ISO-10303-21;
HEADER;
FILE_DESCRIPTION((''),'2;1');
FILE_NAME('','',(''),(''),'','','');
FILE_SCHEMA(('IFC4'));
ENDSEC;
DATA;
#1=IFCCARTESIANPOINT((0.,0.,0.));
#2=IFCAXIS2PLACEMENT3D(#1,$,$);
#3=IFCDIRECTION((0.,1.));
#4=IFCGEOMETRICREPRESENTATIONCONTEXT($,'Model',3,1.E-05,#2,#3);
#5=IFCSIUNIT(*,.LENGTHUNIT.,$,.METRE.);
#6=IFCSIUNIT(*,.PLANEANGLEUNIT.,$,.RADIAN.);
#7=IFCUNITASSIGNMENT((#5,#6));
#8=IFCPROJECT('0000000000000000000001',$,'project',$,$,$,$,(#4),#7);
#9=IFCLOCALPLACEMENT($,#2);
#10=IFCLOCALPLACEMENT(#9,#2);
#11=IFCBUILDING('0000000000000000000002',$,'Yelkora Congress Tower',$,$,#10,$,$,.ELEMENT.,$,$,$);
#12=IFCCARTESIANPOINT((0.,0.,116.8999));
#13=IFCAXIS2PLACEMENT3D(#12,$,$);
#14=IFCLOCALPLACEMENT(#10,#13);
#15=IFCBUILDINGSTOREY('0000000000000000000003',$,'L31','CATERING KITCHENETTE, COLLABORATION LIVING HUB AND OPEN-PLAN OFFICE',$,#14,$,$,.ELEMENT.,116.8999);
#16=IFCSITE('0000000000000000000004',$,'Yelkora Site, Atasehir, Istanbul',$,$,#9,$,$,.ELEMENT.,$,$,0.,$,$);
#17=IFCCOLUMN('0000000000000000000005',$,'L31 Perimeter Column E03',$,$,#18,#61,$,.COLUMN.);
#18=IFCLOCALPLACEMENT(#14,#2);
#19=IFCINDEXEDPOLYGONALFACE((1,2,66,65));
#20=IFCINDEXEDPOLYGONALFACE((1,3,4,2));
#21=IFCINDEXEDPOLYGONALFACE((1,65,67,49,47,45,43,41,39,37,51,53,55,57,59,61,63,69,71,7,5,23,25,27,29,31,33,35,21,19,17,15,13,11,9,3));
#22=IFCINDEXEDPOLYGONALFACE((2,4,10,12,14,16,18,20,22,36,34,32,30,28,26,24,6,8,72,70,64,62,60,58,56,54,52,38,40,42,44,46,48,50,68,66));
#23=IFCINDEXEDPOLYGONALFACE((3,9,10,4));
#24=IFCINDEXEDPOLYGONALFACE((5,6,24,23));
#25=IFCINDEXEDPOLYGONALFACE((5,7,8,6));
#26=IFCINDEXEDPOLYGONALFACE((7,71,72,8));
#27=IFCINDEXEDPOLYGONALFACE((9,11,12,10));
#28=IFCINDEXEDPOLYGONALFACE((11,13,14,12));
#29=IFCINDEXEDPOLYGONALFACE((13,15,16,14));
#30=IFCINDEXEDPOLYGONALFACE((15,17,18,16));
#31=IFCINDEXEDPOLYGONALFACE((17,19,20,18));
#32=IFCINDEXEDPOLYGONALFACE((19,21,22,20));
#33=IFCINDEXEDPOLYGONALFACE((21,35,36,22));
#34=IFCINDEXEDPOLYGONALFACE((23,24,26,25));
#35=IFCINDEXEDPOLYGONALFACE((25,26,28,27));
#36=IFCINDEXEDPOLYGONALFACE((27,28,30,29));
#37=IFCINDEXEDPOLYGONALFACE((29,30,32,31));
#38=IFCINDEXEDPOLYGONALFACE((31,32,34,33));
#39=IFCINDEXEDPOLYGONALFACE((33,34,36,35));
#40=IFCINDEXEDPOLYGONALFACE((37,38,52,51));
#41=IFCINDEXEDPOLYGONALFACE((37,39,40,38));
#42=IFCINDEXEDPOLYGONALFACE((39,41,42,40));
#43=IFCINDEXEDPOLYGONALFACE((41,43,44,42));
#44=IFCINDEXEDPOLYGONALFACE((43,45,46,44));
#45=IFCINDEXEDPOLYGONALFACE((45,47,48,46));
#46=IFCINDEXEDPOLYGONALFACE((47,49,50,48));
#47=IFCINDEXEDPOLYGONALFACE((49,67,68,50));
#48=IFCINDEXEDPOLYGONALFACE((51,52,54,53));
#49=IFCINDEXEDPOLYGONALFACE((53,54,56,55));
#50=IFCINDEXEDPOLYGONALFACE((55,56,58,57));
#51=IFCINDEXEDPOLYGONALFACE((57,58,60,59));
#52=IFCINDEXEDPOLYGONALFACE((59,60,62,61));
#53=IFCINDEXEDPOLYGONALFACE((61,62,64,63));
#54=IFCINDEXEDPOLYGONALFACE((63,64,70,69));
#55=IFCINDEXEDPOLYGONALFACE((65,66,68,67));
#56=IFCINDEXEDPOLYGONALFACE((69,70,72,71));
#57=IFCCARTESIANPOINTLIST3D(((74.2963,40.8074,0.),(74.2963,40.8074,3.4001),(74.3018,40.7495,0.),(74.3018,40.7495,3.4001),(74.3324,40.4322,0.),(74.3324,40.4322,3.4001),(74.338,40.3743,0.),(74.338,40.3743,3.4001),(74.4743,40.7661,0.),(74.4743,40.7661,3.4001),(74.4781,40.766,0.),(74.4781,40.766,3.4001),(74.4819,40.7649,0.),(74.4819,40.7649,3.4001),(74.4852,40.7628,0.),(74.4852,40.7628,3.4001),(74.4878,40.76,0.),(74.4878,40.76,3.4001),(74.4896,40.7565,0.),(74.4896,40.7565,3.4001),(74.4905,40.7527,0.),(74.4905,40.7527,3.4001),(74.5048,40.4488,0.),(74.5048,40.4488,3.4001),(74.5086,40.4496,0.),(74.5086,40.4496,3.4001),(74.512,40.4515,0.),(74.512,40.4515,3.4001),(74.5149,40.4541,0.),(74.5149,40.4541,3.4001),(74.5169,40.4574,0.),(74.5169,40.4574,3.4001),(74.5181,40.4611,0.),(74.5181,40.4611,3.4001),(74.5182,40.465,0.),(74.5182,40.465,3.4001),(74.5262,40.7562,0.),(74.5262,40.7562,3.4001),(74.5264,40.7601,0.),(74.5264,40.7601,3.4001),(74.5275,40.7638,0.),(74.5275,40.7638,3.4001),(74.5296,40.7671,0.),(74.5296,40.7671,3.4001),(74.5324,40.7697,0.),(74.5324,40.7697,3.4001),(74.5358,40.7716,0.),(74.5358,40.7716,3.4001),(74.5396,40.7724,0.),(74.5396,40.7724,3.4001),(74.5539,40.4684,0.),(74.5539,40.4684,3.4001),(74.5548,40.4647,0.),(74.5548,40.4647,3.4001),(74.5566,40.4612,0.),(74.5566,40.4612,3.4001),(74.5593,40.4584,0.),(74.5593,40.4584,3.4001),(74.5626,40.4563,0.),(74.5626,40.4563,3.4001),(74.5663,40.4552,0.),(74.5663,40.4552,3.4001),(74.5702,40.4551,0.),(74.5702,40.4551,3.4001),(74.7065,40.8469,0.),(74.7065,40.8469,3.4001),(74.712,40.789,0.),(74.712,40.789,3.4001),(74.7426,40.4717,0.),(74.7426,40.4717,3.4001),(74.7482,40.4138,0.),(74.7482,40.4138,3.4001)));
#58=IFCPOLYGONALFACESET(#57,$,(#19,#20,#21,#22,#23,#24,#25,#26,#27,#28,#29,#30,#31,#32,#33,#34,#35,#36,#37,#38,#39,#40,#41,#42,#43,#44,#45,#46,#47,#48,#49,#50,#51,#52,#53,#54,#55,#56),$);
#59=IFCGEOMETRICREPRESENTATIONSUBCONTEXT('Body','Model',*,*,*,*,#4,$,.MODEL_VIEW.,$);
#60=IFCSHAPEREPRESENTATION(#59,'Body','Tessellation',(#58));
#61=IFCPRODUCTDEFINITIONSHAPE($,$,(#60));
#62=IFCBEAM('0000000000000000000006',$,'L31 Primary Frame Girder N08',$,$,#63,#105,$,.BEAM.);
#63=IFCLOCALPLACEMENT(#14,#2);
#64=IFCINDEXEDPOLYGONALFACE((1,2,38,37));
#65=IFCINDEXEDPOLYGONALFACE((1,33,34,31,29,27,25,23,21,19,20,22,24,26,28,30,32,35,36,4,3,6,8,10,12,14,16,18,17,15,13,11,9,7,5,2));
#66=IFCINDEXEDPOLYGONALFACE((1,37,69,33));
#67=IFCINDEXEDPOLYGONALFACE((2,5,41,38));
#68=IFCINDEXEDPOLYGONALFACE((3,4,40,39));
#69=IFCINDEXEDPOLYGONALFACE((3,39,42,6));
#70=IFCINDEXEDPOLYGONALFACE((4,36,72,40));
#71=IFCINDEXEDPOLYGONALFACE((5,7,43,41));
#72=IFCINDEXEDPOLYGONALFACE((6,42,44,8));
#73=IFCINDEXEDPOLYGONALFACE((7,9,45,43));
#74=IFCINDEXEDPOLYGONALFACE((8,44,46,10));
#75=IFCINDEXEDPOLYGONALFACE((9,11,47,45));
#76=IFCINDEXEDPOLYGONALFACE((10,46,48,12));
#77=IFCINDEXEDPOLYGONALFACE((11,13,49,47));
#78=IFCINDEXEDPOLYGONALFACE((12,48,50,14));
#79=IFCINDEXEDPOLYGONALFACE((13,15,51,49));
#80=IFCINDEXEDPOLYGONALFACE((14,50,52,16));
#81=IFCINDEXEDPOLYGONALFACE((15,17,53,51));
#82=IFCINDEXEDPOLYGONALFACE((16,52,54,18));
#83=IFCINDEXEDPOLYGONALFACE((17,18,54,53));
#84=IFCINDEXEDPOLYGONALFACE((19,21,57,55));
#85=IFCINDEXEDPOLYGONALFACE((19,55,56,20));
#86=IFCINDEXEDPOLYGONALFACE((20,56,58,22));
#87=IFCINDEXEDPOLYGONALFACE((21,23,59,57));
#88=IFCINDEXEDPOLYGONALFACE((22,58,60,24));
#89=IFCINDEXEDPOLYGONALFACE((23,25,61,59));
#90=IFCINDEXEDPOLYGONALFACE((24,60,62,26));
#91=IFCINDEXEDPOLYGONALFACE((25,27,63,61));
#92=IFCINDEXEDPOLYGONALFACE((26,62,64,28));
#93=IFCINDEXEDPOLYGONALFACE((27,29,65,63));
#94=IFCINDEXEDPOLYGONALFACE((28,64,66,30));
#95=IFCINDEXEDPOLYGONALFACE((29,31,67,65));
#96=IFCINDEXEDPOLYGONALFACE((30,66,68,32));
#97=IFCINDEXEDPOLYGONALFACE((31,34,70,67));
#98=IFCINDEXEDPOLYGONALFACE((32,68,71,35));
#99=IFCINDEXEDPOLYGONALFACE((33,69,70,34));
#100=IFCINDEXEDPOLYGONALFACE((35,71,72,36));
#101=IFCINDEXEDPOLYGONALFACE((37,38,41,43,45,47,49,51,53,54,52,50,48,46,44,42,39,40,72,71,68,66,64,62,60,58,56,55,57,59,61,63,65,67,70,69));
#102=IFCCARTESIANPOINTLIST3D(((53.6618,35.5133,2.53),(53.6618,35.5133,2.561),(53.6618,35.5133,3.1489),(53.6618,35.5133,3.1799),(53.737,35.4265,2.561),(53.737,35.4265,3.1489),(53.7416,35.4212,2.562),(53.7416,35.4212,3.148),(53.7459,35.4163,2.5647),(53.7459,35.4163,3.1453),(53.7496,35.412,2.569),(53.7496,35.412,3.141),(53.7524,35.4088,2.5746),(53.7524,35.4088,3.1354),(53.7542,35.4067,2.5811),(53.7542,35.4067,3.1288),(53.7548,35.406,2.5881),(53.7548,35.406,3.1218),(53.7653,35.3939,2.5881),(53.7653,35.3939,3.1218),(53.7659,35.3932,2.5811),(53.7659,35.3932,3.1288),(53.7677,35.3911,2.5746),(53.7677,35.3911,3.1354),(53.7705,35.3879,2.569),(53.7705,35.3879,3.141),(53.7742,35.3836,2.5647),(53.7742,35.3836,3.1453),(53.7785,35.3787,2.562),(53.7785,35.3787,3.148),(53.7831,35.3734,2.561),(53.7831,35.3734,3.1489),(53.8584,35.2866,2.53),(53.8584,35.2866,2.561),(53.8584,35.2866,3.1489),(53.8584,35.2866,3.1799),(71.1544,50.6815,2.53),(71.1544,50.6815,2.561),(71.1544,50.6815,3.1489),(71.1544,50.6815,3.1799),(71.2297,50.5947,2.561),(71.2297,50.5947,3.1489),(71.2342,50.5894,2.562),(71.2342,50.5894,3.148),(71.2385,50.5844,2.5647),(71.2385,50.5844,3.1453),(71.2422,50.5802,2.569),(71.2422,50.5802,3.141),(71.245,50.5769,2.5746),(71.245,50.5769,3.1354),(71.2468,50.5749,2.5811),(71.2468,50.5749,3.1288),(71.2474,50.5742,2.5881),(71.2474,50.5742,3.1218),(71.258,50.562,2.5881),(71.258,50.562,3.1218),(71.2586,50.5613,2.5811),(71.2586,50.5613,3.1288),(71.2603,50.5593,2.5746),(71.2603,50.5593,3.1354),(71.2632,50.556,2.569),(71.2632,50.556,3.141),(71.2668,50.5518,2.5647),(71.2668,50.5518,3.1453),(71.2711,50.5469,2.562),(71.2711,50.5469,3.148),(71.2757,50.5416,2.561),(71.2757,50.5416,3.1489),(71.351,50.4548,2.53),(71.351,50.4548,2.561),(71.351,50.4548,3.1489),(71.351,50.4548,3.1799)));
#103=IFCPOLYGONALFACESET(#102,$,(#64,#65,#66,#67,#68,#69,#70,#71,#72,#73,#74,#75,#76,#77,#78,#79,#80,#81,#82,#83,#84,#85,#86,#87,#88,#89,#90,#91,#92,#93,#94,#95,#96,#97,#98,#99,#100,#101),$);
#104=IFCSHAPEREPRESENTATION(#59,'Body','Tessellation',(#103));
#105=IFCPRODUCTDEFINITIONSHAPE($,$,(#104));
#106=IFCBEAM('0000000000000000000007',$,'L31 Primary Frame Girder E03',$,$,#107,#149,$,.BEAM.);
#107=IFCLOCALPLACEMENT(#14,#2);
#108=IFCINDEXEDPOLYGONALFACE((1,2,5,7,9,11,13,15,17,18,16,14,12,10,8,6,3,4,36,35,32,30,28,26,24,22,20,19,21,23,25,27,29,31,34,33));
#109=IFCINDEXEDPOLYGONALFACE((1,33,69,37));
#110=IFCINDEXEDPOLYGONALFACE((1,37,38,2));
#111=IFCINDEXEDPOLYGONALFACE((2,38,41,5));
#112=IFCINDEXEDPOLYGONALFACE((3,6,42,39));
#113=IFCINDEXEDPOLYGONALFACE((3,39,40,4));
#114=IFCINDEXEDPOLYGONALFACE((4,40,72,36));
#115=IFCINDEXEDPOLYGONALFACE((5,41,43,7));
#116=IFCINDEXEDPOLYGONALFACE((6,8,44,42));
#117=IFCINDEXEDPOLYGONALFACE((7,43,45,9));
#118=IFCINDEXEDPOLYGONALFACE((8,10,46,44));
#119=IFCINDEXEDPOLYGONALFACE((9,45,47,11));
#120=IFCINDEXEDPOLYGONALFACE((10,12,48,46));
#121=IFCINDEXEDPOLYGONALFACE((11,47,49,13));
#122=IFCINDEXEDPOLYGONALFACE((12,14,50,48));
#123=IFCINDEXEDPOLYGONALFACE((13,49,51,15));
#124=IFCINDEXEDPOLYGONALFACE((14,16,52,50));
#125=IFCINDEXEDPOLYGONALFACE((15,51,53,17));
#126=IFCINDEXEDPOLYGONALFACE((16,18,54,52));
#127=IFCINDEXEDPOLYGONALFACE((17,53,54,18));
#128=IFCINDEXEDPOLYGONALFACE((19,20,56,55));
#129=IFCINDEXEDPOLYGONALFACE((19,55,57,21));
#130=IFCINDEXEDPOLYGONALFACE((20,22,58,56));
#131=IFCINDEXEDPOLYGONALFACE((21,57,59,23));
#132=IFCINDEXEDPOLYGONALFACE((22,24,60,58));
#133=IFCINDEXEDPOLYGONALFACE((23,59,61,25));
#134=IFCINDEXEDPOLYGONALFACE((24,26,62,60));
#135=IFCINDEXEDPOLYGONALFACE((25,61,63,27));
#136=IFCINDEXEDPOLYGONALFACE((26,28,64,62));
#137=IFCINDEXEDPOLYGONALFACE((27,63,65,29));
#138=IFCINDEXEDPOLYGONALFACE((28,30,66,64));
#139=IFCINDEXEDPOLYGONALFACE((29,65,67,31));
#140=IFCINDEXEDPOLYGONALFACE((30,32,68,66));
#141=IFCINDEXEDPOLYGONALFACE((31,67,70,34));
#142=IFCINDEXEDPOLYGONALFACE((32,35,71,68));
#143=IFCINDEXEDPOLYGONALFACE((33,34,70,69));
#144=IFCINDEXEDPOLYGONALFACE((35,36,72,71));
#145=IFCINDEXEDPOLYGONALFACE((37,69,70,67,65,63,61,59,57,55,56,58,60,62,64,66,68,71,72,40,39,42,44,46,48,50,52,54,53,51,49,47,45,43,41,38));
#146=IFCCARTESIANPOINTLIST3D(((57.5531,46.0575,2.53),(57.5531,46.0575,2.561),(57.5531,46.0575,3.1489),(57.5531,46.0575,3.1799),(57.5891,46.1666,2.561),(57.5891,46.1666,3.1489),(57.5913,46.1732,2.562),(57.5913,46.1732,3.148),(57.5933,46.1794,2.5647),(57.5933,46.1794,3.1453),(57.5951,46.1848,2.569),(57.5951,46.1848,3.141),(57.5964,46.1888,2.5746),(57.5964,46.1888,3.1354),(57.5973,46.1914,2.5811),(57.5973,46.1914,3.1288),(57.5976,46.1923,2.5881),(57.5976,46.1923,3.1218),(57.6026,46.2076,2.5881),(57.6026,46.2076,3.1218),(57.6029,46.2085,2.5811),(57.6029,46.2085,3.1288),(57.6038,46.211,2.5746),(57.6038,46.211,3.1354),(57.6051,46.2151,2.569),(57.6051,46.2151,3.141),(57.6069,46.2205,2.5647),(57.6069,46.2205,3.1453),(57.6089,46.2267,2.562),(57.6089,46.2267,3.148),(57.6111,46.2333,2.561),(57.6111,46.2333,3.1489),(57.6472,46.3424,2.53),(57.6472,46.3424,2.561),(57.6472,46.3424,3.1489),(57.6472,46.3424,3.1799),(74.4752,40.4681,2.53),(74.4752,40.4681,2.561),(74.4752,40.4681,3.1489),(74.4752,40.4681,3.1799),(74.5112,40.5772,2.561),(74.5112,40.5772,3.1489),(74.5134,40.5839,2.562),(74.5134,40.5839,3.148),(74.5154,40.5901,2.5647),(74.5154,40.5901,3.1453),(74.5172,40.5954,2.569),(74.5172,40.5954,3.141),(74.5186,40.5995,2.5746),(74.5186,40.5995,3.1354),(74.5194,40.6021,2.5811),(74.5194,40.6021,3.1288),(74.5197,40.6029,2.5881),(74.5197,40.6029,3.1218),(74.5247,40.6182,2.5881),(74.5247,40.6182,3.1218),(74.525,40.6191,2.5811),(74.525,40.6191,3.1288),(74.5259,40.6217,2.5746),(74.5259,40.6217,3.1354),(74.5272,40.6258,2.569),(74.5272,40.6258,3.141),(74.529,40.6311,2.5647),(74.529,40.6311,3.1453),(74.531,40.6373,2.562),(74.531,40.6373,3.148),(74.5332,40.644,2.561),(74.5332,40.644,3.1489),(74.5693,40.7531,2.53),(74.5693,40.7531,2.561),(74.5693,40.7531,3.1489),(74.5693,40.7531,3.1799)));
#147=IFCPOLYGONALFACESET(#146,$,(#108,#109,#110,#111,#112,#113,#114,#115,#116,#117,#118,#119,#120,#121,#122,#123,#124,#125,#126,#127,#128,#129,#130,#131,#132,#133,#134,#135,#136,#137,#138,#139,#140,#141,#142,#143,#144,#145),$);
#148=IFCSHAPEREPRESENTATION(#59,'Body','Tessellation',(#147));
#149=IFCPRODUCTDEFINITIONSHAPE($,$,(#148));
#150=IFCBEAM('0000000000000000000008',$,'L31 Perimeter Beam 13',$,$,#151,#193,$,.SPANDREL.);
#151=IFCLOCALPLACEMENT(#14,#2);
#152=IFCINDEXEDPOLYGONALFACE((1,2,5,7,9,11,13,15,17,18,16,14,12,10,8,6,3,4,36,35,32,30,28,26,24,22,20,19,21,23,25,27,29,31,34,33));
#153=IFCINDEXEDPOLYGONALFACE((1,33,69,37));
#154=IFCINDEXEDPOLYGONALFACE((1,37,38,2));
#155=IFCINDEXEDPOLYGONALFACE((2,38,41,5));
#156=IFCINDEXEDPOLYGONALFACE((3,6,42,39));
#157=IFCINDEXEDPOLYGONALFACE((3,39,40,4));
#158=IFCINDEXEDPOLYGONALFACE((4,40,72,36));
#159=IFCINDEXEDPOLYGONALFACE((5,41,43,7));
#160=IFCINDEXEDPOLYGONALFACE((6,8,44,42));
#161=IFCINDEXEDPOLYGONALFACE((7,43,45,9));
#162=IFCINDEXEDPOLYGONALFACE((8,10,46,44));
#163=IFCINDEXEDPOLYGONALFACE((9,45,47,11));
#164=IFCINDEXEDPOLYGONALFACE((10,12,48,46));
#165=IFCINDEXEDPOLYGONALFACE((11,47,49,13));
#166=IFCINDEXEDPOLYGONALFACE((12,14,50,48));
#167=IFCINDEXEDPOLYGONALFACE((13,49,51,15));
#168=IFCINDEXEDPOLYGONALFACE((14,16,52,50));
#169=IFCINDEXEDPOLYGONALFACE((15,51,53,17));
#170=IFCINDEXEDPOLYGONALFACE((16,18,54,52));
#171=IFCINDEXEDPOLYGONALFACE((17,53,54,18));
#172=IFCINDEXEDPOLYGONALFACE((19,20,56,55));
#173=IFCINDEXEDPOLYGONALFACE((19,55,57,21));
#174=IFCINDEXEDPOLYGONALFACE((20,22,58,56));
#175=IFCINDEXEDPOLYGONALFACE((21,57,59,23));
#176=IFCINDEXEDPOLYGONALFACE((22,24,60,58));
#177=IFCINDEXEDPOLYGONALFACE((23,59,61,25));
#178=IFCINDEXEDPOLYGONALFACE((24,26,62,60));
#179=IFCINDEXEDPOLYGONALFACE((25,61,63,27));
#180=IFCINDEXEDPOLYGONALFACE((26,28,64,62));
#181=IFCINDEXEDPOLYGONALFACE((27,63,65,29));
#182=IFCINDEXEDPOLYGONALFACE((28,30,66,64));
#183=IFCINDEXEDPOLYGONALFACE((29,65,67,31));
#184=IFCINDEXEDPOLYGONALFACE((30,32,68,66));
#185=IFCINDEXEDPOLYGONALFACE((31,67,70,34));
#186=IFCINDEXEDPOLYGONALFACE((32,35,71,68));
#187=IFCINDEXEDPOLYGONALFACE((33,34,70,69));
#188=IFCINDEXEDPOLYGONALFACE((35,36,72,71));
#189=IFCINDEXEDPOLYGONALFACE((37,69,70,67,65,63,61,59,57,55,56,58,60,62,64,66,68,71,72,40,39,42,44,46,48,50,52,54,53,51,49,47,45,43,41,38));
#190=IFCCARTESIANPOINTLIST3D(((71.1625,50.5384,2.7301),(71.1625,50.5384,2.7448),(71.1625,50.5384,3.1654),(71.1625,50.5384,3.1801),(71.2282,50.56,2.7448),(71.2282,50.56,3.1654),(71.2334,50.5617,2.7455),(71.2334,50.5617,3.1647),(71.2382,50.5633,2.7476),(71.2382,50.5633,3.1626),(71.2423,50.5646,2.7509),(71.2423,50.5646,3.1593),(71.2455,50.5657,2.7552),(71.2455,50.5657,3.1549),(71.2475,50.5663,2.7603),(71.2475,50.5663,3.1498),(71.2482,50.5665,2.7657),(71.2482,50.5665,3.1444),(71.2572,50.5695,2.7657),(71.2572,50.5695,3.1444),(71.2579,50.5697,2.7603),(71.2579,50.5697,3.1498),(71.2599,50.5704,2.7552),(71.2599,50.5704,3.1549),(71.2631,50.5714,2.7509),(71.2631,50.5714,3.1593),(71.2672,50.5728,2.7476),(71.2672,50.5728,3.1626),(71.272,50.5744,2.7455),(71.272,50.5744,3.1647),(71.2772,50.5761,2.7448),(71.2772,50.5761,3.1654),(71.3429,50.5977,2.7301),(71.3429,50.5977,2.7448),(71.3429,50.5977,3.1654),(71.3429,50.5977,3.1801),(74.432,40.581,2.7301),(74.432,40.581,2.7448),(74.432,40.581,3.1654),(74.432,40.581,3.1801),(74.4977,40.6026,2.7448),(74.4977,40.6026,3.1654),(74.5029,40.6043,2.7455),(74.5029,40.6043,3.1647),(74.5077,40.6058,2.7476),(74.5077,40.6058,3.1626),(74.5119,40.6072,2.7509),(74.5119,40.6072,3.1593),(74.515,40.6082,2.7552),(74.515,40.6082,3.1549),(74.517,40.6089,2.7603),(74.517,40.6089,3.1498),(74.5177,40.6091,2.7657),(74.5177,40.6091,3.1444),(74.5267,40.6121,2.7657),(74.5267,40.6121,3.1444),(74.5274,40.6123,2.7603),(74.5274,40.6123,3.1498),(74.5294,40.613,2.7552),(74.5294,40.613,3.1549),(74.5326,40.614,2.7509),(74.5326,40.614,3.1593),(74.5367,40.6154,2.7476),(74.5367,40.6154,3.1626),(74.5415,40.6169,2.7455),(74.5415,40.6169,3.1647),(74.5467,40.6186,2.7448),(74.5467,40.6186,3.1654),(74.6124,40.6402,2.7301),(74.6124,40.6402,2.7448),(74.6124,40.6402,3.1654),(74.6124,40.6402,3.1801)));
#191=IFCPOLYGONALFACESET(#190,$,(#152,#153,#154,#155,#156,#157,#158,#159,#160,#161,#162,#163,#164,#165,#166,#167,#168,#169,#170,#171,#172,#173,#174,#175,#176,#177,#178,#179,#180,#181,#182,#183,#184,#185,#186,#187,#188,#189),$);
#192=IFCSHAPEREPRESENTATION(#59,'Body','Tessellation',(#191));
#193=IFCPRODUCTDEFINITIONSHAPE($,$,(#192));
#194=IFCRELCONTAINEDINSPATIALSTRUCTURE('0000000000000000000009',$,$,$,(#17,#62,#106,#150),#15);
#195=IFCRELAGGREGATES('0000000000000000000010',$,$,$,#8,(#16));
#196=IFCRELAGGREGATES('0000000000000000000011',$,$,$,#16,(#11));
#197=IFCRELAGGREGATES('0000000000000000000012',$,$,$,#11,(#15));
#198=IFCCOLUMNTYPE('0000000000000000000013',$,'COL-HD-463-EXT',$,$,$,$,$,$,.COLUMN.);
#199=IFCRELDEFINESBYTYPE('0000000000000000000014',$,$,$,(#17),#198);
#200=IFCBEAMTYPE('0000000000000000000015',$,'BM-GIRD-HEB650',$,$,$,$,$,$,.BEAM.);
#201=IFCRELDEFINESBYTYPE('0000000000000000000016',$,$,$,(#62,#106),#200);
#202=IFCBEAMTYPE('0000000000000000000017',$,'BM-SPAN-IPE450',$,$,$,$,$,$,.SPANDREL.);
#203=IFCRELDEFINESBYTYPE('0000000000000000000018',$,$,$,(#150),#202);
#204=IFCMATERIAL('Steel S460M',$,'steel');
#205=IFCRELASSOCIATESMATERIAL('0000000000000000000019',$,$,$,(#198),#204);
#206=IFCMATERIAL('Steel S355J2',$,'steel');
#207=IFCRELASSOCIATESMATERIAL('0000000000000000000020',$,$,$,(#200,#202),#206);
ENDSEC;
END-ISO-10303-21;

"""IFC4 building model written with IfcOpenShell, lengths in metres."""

from ifc_helpers import new_model, si_unit, direction, frame, origin, origin_2d, place, context, subcontext, project, spatial, i_section, extrude, material, material_profile, profile_set, type_object, element, save


model = new_model("IFC4")

# Units and contexts
model_context = context("Model", 3, precision=1e-05, world=origin(), true_north=direction((0.0, 1.0)))
body_context = subcontext(model_context, "Body", "Model", "MODEL_VIEW")
ifc_project = project(units=[si_unit("LENGTHUNIT", "METRE"), si_unit("PLANEANGLEUNIT", "RADIAN")], contexts=[model_context])

# Site, building, storey
site_placement = place(None, origin())
site = spatial("IfcSite", under=ifc_project, at=site_placement, Name="Yelkora Site, Atasehir, Istanbul", CompositionType="ELEMENT", RefElevation=0.0)
building_placement = place(site_placement, origin())
building = spatial("IfcBuilding", under=site, at=building_placement, Name="Yelkora Congress Tower", CompositionType="ELEMENT")
storey_placement = place(building_placement, frame((0.0, 0.0, 116.8999)))
storey = spatial("IfcBuildingStorey", under=building, at=storey_placement, Name="L31", Description="CATERING KITCHENETTE, COLLABORATION LIVING HUB AND OPEN-PLAN OFFICE", CompositionType="ELEMENT", Elevation=116.8999)

# Column
ifc_material_1 = material(Name="Steel S460M", Category="steel")
ifc_material_profile_1 = material_profile(ifc_material_1, i_section(OverallWidth=0.4121, OverallDepth=0.4351, WebThickness=0.0359, FlangeThickness=0.0581, FilletRadius=0.0149, at=origin_2d()), Name="HD 400x463")
ifc_profile_set_1 = profile_set([ifc_material_profile_1], Name="Steel S460M")
column_type = type_object("IfcColumnType", Name="COL-HD-463-EXT", PredefinedType="COLUMN", material=ifc_profile_set_1)
column_placement = place(storey_placement, frame((74.5222, 40.6106, 0.0), z_axis=(0.0, 0.0, 1.0), x_axis=(0.995396, 0.095846, 0.0)))
element("IfcColumn", 1, at=column_placement, inside=storey, type_object=column_type, Name="L31 Perimeter Column E03", PredefinedType="COLUMN", context=body_context, shape_type="SweptSolid", body=[
    extrude(i_section(OverallWidth=0.4121, OverallDepth=0.4351, WebThickness=0.0359, FlangeThickness=0.0581, FilletRadius=0.0149, at=origin_2d()), origin(), (0.0, 0.0, 1.0), 3.4001),
])

# Beams
ifc_material_2 = material(Name="Steel S355J2", Category="steel")
ifc_material_profile_2 = material_profile(ifc_material_2, i_section(OverallWidth=0.3, OverallDepth=0.6499, WebThickness=0.0161, FlangeThickness=0.031, FilletRadius=0.0271, at=origin_2d()), Name="HEB 650")
ifc_profile_set_2 = profile_set([ifc_material_profile_2], Name="Steel S355J2")
beam_type_1 = type_object("IfcBeamType", Name="BM-GIRD-HEB650", PredefinedType="BEAM", material=ifc_profile_set_2)
beam_1_placement = place(storey_placement, frame((71.2527, 50.5681, 2.855), z_axis=(-0.75552, -0.655125, 0.0), x_axis=(0.655125, -0.75552, 0.0)))
element("IfcBeam", 2, at=beam_1_placement, inside=storey, type_object=beam_type_1, Name="L31 Primary Frame Girder N08", PredefinedType="BEAM", context=body_context, shape_type="SweptSolid", body=[
    extrude(i_section(OverallWidth=0.3, OverallDepth=0.6499, WebThickness=0.0161, FlangeThickness=0.031, FilletRadius=0.0271, at=origin_2d()), origin(), (0.0, 0.0, 1.0), 23.1531),
])
beam_2_placement = place(storey_placement, frame((74.5222, 40.6106, 2.855), z_axis=(-0.949544, 0.313633, 0.0), x_axis=(-0.313633, -0.949544, 0.0)))
element("IfcBeam", 3, at=beam_2_placement, inside=storey, type_object=beam_type_1, Name="L31 Primary Frame Girder E03", PredefinedType="BEAM", context=body_context, shape_type="SweptSolid", body=[
    extrude(i_section(OverallWidth=0.3, OverallDepth=0.6499, WebThickness=0.0161, FlangeThickness=0.031, FilletRadius=0.0271, at=origin_2d()), origin(), (0.0, 0.0, 1.0), 17.8213),
])
ifc_material_profile_3 = material_profile(ifc_material_2, i_section(OverallWidth=0.1899, OverallDepth=0.45, WebThickness=0.0095, FlangeThickness=0.0146, FilletRadius=0.021, at=origin_2d()), Name="IPE 450")
ifc_profile_set_3 = profile_set([ifc_material_profile_3], Name="Steel S355J2")
beam_type_2 = type_object("IfcBeamType", Name="BM-SPAN-IPE450", PredefinedType="SPANDREL", material=ifc_profile_set_3)
beam_3_placement = place(storey_placement, frame((74.5222, 40.6106, 2.9551), z_axis=(-0.311962, 0.950095, 0.0), x_axis=(-0.950095, -0.311962, 0.0)))
element("IfcBeam", 4, at=beam_3_placement, inside=storey, type_object=beam_type_2, Name="L31 Perimeter Beam 13", PredefinedType="SPANDREL", context=body_context, shape_type="SweptSolid", body=[
    extrude(i_section(OverallWidth=0.1899, OverallDepth=0.45, WebThickness=0.0095, FlangeThickness=0.0146, FilletRadius=0.021, at=origin_2d()), origin(), (0.0, 0.0, 1.0), 10.4805),
])

save(model, "model.ifc")
